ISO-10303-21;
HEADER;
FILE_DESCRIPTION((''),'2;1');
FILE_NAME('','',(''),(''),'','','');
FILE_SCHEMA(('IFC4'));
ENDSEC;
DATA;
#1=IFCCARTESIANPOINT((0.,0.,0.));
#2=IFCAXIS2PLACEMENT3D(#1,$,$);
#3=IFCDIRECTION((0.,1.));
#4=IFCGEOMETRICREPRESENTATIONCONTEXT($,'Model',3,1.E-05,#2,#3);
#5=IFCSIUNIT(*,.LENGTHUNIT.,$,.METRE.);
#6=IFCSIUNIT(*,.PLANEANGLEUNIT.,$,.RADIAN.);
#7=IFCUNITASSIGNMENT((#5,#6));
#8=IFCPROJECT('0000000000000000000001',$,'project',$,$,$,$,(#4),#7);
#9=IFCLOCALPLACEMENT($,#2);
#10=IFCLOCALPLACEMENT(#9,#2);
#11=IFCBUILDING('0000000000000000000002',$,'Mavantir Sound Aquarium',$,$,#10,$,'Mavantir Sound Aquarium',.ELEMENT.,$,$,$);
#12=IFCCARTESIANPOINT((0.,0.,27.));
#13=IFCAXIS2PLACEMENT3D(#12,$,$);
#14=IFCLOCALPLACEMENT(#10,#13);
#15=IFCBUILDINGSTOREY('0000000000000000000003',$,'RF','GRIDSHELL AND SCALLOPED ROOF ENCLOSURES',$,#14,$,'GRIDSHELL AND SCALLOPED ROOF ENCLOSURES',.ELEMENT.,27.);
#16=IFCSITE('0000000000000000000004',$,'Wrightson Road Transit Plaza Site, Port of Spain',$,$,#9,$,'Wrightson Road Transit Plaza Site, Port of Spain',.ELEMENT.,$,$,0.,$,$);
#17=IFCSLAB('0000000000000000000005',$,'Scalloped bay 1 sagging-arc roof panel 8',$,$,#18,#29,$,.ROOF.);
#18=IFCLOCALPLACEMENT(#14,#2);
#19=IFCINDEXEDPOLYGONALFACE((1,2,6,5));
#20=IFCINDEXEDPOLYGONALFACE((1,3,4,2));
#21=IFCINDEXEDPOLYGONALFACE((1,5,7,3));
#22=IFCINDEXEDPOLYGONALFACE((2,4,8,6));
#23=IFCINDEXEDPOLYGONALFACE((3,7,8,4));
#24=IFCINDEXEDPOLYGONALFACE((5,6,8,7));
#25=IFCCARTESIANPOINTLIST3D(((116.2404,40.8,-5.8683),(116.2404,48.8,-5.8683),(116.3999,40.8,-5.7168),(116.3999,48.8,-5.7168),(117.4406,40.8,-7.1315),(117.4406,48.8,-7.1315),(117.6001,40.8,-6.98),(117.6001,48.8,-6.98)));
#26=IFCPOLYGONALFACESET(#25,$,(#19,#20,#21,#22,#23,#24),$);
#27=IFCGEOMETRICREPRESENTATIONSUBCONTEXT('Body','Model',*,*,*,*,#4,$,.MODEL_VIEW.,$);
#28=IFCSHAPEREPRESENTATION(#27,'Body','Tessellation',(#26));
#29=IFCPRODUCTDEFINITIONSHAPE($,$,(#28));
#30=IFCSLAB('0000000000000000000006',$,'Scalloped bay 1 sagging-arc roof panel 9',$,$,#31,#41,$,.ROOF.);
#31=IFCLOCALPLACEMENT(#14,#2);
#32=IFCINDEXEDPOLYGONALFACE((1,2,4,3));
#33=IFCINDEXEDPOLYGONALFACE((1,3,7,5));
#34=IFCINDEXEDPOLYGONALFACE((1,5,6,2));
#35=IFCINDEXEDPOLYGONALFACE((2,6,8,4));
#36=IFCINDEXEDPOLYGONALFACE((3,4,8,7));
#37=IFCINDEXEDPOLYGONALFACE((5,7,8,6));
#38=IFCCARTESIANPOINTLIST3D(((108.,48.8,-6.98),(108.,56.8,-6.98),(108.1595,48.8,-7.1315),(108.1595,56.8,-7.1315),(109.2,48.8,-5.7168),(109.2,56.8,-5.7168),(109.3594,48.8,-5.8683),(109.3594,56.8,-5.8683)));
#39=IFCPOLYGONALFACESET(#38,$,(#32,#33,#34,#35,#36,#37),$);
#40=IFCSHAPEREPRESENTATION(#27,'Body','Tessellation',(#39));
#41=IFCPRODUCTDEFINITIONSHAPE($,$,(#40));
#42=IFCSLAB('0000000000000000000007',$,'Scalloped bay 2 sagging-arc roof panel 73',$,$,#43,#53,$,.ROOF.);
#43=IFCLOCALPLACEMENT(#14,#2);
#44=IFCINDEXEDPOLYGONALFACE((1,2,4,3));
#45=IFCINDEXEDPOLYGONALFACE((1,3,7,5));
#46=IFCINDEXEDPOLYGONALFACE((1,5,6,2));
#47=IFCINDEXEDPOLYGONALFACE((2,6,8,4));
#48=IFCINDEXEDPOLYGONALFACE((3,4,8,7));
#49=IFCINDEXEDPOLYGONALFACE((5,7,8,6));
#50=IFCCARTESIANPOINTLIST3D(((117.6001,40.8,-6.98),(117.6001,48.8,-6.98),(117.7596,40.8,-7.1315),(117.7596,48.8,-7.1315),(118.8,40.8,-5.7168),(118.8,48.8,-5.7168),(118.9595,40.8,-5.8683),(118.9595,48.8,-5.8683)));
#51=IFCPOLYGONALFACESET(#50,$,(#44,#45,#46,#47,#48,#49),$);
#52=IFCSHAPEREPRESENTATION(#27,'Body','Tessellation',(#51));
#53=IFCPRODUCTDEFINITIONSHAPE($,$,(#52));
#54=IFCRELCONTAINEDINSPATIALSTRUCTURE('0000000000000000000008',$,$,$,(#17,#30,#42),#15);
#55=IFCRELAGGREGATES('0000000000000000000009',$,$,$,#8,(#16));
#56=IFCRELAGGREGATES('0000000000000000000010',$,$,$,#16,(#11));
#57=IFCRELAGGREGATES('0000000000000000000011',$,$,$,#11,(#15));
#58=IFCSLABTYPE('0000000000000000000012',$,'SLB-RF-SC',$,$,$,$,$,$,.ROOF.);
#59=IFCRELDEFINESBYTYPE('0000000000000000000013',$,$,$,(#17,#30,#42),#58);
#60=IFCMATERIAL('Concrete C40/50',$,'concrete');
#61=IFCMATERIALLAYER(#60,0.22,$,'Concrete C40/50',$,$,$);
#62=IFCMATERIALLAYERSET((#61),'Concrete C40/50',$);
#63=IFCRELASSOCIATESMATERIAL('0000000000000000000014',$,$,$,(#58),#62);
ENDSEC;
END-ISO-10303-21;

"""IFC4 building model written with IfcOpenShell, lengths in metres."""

from ifc_helpers import new_model, si_unit, direction, frame, origin, place, context, subcontext, project, spatial, polyline, outline, extrude, material, layer, layer_set, type_object, element, save


model = new_model("IFC4")

# Units and contexts
model_context = context("Model", 3, precision=1e-05, world=origin(), true_north=direction((0.0, 1.0)))
body_context = subcontext(model_context, "Body", "Model", "MODEL_VIEW")
ifc_project = project(units=[si_unit("LENGTHUNIT", "METRE"), si_unit("PLANEANGLEUNIT", "RADIAN")], contexts=[model_context])

# Site, building, storey
site_placement = place(None, origin())
site = spatial("IfcSite", under=ifc_project, at=site_placement, Name="Wrightson Road Transit Plaza Site, Port of Spain", LongName="Wrightson Road Transit Plaza Site, Port of Spain", CompositionType="ELEMENT", RefElevation=0.0)
building_placement = place(site_placement, origin())
building = spatial("IfcBuilding", under=site, at=building_placement, Name="Mavantir Sound Aquarium", LongName="Mavantir Sound Aquarium", CompositionType="ELEMENT")
storey_placement = place(building_placement, frame((0.0, 0.0, 27.0)))
storey = spatial("IfcBuildingStorey", under=building, at=storey_placement, Name="RF", Description="GRIDSHELL AND SCALLOPED ROOF ENCLOSURES", LongName="GRIDSHELL AND SCALLOPED ROOF ENCLOSURES", CompositionType="ELEMENT", Elevation=27.0)

# Shared definitions
ifc_material_1 = material(Name="Concrete C40/50", Category="concrete")

# Slabs
ifc_layer_1 = layer(ifc_material_1, 0.22, Name="Concrete C40/50")
ifc_layer_set_1 = layer_set([ifc_layer_1], Name="Concrete C40/50")
slab_type = type_object("IfcSlabType", Name="SLB-RF-SC", PredefinedType="ROOF", material=ifc_layer_set_1)
slab_1_placement = place(storey_placement, frame((116.3999, 40.8, -5.7168), z_axis=(0.72495, 0.0, 0.688801), x_axis=(0.688801, 0.0, -0.72495)))
element("IfcSlab", 1, at=slab_1_placement, inside=storey, type_object=slab_type, Name="Scalloped bay 1 sagging-arc roof panel 8", PredefinedType="ROOF", context=body_context, shape_type="SweptSolid", body=[
    extrude(outline(polyline([(0.0, 0.0), (1.7424, 0.0), (1.7424, 8.0), (0.0, 8.0), (0.0, 0.0)])), origin(), (0.0, 0.0, -1.0), 0.22),
])
for number, where, z_axis, x_axis, name in (
    (2, (108.0, 48.8, -6.98), (-0.72502, 0.0, 0.688727), (0.688727, 0.0, 0.72502), "Scalloped bay 1 sagging-arc roof panel 9"),
    (3, (117.6001, 40.8, -6.98), (-0.72502, 0.0, 0.688727), (0.688727, 0.0, 0.72502), "Scalloped bay 2 sagging-arc roof panel 73"),
):
    element("IfcSlab", number, at=place(storey_placement, frame(where, z_axis=z_axis, x_axis=x_axis)), inside=storey, type_object=slab_type, Name=name, PredefinedType="ROOF", context=body_context, shape_type="SweptSolid", body=[
        extrude(outline(polyline([(0.0, 0.0), (1.7423, 0.0), (1.7423, 8.0), (0.0, 8.0), (0.0, 0.0)])), origin(), (0.0, 0.0, -1.0), 0.22),
    ])

save(model, "model.ifc")
